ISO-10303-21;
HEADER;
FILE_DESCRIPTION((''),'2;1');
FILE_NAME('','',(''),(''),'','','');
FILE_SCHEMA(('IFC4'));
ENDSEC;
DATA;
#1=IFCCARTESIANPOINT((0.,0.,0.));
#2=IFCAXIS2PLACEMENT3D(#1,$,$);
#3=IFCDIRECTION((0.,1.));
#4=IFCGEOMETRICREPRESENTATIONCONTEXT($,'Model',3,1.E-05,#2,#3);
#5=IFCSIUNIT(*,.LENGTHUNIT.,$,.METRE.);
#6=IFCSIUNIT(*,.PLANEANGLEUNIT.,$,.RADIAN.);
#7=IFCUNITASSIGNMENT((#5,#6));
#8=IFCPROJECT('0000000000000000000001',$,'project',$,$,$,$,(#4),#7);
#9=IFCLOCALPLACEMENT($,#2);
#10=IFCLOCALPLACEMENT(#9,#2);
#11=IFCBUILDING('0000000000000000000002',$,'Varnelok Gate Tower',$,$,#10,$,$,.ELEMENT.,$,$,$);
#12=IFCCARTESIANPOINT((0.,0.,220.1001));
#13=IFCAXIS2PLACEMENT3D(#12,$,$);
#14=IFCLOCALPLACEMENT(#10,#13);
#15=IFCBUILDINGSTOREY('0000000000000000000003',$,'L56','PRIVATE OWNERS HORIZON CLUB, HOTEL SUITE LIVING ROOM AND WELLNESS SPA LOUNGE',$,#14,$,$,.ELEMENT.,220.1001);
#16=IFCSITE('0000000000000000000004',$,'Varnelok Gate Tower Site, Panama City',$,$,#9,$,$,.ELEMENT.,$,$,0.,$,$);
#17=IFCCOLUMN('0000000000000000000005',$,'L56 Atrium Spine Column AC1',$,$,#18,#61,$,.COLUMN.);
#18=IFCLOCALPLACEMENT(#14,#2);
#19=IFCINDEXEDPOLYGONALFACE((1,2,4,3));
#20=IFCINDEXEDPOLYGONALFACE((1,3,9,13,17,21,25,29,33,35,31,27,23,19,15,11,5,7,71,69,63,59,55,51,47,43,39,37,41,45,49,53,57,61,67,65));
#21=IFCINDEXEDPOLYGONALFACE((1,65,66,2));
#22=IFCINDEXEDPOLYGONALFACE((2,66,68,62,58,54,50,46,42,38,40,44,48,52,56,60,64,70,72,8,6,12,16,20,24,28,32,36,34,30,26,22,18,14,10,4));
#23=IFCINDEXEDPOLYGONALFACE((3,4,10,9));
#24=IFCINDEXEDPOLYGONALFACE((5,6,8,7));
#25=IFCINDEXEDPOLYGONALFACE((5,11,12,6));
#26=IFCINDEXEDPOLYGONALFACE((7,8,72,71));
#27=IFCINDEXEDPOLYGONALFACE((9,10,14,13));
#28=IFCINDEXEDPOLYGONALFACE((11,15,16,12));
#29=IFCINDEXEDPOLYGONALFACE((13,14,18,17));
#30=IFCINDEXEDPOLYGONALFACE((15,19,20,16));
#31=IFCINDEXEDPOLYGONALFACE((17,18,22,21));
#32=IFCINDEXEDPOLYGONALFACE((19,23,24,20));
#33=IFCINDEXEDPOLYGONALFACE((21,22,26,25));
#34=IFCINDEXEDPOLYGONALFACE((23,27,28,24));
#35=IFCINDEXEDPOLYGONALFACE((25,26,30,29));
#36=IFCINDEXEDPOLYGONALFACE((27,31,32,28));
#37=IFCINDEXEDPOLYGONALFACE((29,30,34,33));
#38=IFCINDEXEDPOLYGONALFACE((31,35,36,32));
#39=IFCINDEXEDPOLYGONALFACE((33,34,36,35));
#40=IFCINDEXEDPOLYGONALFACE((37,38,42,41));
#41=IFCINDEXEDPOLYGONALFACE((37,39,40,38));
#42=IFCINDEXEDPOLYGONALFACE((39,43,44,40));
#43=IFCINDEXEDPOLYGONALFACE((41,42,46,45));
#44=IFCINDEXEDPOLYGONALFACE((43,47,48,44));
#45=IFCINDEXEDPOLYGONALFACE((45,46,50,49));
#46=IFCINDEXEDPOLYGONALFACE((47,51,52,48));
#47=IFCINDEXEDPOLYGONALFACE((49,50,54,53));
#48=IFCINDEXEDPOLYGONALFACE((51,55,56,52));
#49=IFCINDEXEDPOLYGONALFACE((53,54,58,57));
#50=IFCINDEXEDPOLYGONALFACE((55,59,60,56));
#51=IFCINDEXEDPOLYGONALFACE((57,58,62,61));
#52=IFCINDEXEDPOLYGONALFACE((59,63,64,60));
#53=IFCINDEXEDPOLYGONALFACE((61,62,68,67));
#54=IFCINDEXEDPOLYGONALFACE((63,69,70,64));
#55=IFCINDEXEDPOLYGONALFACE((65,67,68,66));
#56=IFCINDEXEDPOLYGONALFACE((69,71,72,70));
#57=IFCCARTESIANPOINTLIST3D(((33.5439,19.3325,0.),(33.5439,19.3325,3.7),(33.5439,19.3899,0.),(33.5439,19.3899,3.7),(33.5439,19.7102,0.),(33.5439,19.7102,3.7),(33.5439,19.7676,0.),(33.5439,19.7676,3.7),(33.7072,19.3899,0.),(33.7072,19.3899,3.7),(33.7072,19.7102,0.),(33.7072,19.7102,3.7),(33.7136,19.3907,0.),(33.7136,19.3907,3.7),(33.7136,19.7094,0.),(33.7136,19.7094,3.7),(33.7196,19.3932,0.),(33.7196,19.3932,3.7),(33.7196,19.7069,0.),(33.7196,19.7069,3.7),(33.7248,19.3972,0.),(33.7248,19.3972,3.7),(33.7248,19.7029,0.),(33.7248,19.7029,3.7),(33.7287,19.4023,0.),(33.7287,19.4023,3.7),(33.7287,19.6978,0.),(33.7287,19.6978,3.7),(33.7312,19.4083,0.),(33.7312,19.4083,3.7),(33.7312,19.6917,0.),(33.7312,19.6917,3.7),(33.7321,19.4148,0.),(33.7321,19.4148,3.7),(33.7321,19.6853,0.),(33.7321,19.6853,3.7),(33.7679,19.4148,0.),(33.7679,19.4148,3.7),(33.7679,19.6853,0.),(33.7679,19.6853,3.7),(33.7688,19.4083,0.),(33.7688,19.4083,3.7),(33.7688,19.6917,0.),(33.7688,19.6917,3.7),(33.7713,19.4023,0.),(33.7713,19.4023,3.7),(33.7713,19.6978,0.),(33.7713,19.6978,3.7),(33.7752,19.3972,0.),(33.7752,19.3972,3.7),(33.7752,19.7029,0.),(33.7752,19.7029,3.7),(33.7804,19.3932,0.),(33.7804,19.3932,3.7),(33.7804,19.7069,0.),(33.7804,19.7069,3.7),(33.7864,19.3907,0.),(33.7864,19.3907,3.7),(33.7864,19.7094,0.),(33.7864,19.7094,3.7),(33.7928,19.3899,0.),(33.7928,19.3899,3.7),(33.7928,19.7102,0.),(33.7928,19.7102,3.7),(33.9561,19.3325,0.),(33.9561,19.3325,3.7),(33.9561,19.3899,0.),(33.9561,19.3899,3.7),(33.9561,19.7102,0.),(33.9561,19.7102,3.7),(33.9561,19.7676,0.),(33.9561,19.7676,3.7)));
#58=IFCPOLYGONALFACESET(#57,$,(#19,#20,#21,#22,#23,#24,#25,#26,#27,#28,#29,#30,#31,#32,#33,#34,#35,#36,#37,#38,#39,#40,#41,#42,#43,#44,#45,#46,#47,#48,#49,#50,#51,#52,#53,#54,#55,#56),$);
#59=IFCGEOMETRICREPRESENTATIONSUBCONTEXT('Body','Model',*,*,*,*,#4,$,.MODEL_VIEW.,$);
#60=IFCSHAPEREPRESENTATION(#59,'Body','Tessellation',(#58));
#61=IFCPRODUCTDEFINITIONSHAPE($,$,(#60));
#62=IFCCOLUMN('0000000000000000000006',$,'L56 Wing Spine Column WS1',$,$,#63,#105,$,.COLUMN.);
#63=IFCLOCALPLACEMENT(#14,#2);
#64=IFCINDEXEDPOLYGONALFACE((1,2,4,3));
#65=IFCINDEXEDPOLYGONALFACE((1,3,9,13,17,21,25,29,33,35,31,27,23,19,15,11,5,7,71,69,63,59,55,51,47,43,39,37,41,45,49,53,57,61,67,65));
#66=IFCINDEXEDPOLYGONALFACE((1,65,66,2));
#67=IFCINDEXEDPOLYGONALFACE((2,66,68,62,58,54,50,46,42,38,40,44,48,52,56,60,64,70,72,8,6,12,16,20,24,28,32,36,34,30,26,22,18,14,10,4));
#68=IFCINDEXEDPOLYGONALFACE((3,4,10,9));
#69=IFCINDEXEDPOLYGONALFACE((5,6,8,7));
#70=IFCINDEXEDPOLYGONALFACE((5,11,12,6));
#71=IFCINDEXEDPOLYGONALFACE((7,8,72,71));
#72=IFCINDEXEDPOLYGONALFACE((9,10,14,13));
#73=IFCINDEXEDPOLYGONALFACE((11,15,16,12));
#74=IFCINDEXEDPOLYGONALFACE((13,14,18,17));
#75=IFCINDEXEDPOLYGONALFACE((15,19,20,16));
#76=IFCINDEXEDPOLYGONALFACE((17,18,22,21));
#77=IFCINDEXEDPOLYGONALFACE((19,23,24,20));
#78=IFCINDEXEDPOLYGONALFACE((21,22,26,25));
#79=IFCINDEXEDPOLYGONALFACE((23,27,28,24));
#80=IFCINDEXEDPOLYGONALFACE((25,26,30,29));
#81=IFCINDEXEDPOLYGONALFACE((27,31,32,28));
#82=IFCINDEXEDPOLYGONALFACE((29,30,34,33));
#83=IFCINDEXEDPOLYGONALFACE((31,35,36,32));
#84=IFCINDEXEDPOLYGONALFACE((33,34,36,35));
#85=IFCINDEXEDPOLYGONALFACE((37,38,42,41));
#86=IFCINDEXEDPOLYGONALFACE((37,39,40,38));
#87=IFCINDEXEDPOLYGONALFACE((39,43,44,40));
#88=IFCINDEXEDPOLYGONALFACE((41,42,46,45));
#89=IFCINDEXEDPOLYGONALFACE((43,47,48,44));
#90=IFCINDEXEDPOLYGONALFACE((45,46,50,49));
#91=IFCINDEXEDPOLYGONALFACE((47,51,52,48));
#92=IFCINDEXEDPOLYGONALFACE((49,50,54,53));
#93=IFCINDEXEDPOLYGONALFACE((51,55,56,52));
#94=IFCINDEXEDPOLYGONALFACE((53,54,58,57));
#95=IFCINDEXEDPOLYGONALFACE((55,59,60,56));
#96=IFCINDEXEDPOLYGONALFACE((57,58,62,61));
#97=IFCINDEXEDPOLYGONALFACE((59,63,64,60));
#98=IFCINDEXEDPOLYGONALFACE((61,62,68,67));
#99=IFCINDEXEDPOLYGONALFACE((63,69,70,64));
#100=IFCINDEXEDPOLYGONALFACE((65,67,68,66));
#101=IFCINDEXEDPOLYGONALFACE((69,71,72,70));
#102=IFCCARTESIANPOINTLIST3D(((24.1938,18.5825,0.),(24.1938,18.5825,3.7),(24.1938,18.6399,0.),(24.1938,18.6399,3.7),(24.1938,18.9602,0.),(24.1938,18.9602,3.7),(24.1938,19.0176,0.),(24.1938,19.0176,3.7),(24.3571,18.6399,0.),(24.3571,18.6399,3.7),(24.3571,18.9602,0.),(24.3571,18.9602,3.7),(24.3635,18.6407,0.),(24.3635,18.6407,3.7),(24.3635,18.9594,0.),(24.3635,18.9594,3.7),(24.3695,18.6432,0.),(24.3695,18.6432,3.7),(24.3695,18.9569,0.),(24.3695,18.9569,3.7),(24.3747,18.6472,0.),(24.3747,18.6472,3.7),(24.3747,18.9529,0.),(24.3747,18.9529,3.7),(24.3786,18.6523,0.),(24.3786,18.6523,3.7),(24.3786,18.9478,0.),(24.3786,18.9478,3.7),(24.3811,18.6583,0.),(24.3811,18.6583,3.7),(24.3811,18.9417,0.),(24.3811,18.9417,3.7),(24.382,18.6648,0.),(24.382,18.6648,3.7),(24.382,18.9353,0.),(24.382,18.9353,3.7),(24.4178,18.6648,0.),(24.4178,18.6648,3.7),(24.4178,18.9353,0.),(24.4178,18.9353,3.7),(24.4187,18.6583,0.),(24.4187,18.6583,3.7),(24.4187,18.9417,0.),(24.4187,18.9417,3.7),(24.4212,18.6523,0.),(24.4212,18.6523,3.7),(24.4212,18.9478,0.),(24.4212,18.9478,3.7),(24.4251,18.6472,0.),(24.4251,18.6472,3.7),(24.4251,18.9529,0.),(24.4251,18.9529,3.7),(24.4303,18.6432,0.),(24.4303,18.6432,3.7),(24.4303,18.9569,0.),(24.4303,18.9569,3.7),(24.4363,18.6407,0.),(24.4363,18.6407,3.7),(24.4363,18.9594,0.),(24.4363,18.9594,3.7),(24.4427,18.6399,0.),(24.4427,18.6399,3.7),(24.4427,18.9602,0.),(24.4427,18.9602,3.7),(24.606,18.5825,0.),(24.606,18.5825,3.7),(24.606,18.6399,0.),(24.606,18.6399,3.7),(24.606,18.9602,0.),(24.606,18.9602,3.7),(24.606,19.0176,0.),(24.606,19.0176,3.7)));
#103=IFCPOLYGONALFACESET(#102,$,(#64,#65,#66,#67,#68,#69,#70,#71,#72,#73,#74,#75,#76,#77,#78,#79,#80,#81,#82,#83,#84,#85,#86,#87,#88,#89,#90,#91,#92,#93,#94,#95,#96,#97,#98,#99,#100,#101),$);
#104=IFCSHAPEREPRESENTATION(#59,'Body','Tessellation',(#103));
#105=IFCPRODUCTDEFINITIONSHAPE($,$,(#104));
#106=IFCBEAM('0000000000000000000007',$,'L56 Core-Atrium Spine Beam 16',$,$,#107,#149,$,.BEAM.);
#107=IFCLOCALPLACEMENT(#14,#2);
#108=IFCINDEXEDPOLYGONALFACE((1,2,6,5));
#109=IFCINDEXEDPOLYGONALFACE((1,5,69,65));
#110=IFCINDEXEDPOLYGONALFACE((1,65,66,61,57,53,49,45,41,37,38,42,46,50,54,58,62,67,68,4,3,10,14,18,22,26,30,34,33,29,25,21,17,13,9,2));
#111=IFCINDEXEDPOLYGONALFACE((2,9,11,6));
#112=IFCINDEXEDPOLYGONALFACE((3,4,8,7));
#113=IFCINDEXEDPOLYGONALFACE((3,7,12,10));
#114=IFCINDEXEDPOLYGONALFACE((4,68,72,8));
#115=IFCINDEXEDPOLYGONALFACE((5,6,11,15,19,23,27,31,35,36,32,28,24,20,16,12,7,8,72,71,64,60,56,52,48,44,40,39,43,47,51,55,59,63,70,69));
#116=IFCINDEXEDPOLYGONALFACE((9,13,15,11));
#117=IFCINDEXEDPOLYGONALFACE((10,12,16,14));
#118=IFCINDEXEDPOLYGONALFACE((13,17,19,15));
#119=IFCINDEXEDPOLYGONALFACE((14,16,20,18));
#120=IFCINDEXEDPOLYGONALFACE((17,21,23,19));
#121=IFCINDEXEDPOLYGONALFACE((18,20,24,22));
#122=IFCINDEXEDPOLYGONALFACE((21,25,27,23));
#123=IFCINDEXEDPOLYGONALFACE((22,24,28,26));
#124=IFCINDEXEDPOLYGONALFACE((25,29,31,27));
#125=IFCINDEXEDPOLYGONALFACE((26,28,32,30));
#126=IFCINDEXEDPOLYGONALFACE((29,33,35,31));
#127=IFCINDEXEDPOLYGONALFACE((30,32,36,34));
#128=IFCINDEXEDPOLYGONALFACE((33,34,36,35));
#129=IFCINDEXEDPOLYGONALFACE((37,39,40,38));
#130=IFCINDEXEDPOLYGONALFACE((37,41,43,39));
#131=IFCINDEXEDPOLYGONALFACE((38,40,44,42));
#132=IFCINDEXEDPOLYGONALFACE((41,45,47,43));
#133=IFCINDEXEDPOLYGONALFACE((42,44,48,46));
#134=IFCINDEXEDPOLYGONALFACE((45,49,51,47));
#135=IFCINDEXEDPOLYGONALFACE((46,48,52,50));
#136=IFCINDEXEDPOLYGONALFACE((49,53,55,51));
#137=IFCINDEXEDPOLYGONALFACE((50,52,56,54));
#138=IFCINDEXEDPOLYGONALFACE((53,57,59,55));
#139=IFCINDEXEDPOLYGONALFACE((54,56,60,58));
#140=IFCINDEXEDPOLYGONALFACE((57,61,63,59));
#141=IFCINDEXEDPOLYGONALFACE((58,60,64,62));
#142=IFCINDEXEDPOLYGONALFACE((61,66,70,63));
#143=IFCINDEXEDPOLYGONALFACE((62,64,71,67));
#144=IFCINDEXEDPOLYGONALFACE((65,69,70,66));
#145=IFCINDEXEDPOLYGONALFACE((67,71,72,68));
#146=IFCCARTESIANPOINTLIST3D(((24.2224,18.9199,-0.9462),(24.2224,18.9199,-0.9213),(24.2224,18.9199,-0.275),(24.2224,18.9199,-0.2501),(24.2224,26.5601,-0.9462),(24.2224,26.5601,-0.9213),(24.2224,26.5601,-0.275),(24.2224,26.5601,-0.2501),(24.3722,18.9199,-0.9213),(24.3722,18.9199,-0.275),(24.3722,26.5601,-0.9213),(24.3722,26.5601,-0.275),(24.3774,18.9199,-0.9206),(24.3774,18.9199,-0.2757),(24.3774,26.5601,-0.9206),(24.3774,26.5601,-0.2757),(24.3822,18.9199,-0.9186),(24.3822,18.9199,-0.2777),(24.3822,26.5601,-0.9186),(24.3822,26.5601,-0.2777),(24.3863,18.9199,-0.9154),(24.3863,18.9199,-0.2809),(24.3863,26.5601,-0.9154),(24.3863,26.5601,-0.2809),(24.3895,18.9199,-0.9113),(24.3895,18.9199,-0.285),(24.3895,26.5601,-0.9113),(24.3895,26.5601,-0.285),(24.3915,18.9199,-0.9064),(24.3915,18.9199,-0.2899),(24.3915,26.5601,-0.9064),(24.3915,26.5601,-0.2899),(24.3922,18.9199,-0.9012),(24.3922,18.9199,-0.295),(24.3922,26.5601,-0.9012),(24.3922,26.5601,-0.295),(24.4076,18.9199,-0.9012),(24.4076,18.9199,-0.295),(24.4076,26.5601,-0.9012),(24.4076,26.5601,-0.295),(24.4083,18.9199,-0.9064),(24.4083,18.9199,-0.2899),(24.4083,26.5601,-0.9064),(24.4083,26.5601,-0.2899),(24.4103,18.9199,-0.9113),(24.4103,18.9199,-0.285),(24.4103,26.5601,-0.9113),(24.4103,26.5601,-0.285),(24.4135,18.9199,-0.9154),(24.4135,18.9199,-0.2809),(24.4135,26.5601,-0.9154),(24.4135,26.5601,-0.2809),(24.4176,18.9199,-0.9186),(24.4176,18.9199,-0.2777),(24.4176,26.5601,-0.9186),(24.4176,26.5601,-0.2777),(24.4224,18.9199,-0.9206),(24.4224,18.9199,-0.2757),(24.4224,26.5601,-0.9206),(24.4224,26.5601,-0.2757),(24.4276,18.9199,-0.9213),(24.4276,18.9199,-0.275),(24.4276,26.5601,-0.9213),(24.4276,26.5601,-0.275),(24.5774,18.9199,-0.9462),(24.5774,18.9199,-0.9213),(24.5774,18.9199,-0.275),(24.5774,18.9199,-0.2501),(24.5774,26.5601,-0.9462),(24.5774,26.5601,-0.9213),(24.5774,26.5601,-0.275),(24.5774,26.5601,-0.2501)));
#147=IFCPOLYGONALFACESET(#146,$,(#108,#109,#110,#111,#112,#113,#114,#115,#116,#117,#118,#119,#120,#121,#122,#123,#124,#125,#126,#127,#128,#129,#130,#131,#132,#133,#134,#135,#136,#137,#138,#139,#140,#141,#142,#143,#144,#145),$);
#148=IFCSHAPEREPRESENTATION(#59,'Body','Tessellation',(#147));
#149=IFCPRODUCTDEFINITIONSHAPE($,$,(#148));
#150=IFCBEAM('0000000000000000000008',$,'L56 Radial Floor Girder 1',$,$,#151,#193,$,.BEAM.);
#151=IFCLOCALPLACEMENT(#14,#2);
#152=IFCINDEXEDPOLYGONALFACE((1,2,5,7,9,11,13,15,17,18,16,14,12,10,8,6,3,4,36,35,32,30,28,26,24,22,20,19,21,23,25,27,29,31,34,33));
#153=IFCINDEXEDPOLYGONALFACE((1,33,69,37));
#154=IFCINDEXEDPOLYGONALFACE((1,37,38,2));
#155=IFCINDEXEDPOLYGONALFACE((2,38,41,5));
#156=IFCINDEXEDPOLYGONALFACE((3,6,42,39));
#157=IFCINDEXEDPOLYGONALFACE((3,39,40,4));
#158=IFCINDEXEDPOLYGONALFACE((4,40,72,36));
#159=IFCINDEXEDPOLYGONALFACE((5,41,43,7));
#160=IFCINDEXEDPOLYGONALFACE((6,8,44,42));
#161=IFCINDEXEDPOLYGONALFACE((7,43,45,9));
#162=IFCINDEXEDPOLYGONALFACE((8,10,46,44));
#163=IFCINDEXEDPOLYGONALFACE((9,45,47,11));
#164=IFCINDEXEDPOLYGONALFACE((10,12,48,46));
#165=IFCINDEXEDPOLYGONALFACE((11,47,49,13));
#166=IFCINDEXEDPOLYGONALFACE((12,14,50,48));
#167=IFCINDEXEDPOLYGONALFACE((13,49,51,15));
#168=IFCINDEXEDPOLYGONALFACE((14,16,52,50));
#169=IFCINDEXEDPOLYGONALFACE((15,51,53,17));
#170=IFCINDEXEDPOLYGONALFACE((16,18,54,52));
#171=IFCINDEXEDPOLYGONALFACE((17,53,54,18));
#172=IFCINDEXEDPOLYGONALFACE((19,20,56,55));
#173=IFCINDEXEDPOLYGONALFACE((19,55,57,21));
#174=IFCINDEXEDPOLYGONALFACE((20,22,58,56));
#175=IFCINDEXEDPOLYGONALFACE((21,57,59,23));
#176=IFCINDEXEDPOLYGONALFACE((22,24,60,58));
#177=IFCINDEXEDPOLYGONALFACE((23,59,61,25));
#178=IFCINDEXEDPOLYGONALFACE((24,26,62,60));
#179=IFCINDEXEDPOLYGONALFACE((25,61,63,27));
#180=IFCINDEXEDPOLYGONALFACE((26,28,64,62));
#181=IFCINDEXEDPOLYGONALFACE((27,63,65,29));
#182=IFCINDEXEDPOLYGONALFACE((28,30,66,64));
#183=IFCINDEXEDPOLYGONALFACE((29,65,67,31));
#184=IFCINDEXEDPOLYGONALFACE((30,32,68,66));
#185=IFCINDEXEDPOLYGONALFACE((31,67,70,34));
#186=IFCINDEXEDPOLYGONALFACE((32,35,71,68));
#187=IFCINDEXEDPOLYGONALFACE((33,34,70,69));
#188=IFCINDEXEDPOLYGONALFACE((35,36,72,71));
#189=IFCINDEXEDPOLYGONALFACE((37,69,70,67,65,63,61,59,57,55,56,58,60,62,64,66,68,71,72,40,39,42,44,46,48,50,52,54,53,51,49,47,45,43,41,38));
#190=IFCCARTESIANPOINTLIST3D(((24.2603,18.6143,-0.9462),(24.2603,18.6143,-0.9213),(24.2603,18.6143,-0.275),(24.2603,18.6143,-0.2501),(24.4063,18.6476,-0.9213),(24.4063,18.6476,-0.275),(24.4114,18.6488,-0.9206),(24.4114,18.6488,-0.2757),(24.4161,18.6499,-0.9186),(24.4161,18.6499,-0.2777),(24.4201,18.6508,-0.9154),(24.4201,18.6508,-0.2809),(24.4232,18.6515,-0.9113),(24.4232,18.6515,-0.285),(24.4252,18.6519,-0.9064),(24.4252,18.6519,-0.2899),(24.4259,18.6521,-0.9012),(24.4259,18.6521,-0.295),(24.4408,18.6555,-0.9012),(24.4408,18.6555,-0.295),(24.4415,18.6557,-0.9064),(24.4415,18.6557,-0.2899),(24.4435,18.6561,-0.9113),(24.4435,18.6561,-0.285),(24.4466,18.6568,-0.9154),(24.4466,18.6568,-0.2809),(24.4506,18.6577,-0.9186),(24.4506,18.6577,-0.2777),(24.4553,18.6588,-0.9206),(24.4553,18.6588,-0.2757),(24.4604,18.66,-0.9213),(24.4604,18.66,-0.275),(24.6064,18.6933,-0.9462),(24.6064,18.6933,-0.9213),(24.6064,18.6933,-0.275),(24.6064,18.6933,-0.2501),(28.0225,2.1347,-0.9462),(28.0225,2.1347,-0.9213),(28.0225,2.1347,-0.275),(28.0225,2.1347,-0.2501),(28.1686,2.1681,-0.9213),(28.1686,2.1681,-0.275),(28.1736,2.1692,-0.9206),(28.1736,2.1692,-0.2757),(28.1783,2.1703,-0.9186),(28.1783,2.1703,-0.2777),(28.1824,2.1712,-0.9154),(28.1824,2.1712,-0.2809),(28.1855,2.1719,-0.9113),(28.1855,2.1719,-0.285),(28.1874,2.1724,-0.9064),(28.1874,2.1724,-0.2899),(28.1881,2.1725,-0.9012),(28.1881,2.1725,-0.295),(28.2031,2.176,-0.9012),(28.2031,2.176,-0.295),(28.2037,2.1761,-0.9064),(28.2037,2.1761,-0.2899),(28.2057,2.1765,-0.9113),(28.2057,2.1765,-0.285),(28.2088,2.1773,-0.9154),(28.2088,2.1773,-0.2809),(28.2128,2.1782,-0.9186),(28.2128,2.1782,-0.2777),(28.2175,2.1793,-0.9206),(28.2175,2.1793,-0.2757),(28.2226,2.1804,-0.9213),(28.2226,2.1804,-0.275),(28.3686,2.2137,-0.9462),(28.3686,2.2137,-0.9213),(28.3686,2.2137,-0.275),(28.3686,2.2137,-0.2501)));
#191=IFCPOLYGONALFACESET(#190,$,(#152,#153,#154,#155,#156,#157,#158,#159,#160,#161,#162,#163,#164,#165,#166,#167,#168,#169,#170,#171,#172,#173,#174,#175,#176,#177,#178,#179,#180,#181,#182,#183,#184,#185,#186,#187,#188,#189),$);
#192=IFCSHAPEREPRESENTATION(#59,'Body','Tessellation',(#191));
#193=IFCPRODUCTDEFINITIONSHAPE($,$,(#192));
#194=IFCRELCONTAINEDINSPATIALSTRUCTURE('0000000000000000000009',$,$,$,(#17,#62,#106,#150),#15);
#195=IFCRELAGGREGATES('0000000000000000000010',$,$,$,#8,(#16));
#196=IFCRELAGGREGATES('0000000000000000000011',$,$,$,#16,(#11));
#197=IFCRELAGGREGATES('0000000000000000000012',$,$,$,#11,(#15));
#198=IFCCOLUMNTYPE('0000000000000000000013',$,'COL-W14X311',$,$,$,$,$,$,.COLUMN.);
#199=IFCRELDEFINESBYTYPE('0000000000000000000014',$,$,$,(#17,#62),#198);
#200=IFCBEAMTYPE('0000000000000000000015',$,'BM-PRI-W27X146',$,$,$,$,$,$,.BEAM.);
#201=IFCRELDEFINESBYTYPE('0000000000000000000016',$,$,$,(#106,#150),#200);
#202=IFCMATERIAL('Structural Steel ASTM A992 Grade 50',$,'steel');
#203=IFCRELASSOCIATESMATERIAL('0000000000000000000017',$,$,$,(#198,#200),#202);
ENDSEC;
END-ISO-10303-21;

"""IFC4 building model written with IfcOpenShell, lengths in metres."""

from ifc_helpers import new_model, si_unit, direction, frame, origin, origin_2d, place, context, subcontext, project, spatial, i_section, extrude, material, material_profile, profile_set, type_object, element, save


model = new_model("IFC4")

# Units and contexts
model_context = context("Model", 3, precision=1e-05, world=origin(), true_north=direction((0.0, 1.0)))
body_context = subcontext(model_context, "Body", "Model", "MODEL_VIEW")
ifc_project = project(units=[si_unit("LENGTHUNIT", "METRE"), si_unit("PLANEANGLEUNIT", "RADIAN")], contexts=[model_context])

# Site, building, storey
site_placement = place(None, origin())
site = spatial("IfcSite", under=ifc_project, at=site_placement, Name="Varnelok Gate Tower Site, Panama City", CompositionType="ELEMENT", RefElevation=0.0)
building_placement = place(site_placement, origin())
building = spatial("IfcBuilding", under=site, at=building_placement, Name="Varnelok Gate Tower", CompositionType="ELEMENT")
storey_placement = place(building_placement, frame((0.0, 0.0, 220.1001)))
storey = spatial("IfcBuildingStorey", under=building, at=storey_placement, Name="L56", Description="PRIVATE OWNERS HORIZON CLUB, HOTEL SUITE LIVING ROOM AND WELLNESS SPA LOUNGE", CompositionType="ELEMENT", Elevation=220.1001)

# Columns
ifc_material_1 = material(Name="Structural Steel ASTM A992 Grade 50", Category="steel")
ifc_material_profile_1 = material_profile(ifc_material_1, i_section(OverallWidth=0.4121, OverallDepth=0.4351, WebThickness=0.0359, FlangeThickness=0.0574, FilletRadius=0.0249, at=origin_2d()), Name="W14X311")
ifc_profile_set_1 = profile_set([ifc_material_profile_1], Name="Structural Steel ASTM A992 Grade 50")
column_type = type_object("IfcColumnType", Name="COL-W14X311", PredefinedType="COLUMN", material=ifc_profile_set_1)
for number, where, z_axis, x_axis, name in (
    (1, (33.75, 19.55, 0.0), (0.0, 0.0, 1.0), (1.0, 0.0, 0.0), "L56 Atrium Spine Column AC1"),
    (2, (24.3999, 18.8, 0.0), (0.0, 0.0, 1.0), (1.0, 0.0, 0.0), "L56 Wing Spine Column WS1"),
):
    element("IfcColumn", number, at=place(storey_placement, frame(where, z_axis=z_axis, x_axis=x_axis)), inside=storey, type_object=column_type, Name=name, PredefinedType="COLUMN", context=body_context, shape_type="SweptSolid", body=[
        extrude(i_section(OverallWidth=0.4121, OverallDepth=0.4351, WebThickness=0.0359, FlangeThickness=0.0574, FilletRadius=0.0249, at=origin_2d()), origin(), (0.0, 0.0, 1.0), 3.7),
    ])

# Beams
ifc_material_profile_2 = material_profile(ifc_material_1, i_section(OverallWidth=0.355, OverallDepth=0.696, WebThickness=0.0154, FlangeThickness=0.0249, FilletRadius=0.02, at=origin_2d()), Name="W27X146")
ifc_profile_set_2 = profile_set([ifc_material_profile_2], Name="Structural Steel ASTM A992 Grade 50")
beam_type_1 = type_object("IfcBeamType", Name="BM-PRI-W27X146", PredefinedType="BEAM", material=ifc_profile_set_2)
beam_1_placement = place(storey_placement, frame((24.3999, 18.9199, -0.5981), z_axis=(0.0, 1.0, 0.0), x_axis=(-1.0, 0.0, 0.0)))
element("IfcBeam", 3, at=beam_1_placement, inside=storey, type_object=beam_type_1, Name="L56 Core-Atrium Spine Beam 16", PredefinedType="BEAM", context=body_context, shape_type="SweptSolid", body=[
    extrude(i_section(OverallWidth=0.355, OverallDepth=0.696, WebThickness=0.0154, FlangeThickness=0.0249, FilletRadius=0.02, at=origin_2d()), origin(), (0.0, 0.0, 1.0), 7.6401),
])
beam_2_placement = place(storey_placement, frame((24.4333, 18.6538, -0.5981), z_axis=(0.22257, -0.974917, 0.0), x_axis=(0.974917, 0.22257, 0.0)))
element("IfcBeam", 4, at=beam_2_placement, inside=storey, type_object=beam_type_1, Name="L56 Radial Floor Girder 1", PredefinedType="BEAM", context=body_context, shape_type="SweptSolid", body=[
    extrude(i_section(OverallWidth=0.355, OverallDepth=0.696, WebThickness=0.0154, FlangeThickness=0.0249, FilletRadius=0.02, at=origin_2d()), origin(), (0.0, 0.0, 1.0), 16.9036),
])

save(model, "model.ifc")
